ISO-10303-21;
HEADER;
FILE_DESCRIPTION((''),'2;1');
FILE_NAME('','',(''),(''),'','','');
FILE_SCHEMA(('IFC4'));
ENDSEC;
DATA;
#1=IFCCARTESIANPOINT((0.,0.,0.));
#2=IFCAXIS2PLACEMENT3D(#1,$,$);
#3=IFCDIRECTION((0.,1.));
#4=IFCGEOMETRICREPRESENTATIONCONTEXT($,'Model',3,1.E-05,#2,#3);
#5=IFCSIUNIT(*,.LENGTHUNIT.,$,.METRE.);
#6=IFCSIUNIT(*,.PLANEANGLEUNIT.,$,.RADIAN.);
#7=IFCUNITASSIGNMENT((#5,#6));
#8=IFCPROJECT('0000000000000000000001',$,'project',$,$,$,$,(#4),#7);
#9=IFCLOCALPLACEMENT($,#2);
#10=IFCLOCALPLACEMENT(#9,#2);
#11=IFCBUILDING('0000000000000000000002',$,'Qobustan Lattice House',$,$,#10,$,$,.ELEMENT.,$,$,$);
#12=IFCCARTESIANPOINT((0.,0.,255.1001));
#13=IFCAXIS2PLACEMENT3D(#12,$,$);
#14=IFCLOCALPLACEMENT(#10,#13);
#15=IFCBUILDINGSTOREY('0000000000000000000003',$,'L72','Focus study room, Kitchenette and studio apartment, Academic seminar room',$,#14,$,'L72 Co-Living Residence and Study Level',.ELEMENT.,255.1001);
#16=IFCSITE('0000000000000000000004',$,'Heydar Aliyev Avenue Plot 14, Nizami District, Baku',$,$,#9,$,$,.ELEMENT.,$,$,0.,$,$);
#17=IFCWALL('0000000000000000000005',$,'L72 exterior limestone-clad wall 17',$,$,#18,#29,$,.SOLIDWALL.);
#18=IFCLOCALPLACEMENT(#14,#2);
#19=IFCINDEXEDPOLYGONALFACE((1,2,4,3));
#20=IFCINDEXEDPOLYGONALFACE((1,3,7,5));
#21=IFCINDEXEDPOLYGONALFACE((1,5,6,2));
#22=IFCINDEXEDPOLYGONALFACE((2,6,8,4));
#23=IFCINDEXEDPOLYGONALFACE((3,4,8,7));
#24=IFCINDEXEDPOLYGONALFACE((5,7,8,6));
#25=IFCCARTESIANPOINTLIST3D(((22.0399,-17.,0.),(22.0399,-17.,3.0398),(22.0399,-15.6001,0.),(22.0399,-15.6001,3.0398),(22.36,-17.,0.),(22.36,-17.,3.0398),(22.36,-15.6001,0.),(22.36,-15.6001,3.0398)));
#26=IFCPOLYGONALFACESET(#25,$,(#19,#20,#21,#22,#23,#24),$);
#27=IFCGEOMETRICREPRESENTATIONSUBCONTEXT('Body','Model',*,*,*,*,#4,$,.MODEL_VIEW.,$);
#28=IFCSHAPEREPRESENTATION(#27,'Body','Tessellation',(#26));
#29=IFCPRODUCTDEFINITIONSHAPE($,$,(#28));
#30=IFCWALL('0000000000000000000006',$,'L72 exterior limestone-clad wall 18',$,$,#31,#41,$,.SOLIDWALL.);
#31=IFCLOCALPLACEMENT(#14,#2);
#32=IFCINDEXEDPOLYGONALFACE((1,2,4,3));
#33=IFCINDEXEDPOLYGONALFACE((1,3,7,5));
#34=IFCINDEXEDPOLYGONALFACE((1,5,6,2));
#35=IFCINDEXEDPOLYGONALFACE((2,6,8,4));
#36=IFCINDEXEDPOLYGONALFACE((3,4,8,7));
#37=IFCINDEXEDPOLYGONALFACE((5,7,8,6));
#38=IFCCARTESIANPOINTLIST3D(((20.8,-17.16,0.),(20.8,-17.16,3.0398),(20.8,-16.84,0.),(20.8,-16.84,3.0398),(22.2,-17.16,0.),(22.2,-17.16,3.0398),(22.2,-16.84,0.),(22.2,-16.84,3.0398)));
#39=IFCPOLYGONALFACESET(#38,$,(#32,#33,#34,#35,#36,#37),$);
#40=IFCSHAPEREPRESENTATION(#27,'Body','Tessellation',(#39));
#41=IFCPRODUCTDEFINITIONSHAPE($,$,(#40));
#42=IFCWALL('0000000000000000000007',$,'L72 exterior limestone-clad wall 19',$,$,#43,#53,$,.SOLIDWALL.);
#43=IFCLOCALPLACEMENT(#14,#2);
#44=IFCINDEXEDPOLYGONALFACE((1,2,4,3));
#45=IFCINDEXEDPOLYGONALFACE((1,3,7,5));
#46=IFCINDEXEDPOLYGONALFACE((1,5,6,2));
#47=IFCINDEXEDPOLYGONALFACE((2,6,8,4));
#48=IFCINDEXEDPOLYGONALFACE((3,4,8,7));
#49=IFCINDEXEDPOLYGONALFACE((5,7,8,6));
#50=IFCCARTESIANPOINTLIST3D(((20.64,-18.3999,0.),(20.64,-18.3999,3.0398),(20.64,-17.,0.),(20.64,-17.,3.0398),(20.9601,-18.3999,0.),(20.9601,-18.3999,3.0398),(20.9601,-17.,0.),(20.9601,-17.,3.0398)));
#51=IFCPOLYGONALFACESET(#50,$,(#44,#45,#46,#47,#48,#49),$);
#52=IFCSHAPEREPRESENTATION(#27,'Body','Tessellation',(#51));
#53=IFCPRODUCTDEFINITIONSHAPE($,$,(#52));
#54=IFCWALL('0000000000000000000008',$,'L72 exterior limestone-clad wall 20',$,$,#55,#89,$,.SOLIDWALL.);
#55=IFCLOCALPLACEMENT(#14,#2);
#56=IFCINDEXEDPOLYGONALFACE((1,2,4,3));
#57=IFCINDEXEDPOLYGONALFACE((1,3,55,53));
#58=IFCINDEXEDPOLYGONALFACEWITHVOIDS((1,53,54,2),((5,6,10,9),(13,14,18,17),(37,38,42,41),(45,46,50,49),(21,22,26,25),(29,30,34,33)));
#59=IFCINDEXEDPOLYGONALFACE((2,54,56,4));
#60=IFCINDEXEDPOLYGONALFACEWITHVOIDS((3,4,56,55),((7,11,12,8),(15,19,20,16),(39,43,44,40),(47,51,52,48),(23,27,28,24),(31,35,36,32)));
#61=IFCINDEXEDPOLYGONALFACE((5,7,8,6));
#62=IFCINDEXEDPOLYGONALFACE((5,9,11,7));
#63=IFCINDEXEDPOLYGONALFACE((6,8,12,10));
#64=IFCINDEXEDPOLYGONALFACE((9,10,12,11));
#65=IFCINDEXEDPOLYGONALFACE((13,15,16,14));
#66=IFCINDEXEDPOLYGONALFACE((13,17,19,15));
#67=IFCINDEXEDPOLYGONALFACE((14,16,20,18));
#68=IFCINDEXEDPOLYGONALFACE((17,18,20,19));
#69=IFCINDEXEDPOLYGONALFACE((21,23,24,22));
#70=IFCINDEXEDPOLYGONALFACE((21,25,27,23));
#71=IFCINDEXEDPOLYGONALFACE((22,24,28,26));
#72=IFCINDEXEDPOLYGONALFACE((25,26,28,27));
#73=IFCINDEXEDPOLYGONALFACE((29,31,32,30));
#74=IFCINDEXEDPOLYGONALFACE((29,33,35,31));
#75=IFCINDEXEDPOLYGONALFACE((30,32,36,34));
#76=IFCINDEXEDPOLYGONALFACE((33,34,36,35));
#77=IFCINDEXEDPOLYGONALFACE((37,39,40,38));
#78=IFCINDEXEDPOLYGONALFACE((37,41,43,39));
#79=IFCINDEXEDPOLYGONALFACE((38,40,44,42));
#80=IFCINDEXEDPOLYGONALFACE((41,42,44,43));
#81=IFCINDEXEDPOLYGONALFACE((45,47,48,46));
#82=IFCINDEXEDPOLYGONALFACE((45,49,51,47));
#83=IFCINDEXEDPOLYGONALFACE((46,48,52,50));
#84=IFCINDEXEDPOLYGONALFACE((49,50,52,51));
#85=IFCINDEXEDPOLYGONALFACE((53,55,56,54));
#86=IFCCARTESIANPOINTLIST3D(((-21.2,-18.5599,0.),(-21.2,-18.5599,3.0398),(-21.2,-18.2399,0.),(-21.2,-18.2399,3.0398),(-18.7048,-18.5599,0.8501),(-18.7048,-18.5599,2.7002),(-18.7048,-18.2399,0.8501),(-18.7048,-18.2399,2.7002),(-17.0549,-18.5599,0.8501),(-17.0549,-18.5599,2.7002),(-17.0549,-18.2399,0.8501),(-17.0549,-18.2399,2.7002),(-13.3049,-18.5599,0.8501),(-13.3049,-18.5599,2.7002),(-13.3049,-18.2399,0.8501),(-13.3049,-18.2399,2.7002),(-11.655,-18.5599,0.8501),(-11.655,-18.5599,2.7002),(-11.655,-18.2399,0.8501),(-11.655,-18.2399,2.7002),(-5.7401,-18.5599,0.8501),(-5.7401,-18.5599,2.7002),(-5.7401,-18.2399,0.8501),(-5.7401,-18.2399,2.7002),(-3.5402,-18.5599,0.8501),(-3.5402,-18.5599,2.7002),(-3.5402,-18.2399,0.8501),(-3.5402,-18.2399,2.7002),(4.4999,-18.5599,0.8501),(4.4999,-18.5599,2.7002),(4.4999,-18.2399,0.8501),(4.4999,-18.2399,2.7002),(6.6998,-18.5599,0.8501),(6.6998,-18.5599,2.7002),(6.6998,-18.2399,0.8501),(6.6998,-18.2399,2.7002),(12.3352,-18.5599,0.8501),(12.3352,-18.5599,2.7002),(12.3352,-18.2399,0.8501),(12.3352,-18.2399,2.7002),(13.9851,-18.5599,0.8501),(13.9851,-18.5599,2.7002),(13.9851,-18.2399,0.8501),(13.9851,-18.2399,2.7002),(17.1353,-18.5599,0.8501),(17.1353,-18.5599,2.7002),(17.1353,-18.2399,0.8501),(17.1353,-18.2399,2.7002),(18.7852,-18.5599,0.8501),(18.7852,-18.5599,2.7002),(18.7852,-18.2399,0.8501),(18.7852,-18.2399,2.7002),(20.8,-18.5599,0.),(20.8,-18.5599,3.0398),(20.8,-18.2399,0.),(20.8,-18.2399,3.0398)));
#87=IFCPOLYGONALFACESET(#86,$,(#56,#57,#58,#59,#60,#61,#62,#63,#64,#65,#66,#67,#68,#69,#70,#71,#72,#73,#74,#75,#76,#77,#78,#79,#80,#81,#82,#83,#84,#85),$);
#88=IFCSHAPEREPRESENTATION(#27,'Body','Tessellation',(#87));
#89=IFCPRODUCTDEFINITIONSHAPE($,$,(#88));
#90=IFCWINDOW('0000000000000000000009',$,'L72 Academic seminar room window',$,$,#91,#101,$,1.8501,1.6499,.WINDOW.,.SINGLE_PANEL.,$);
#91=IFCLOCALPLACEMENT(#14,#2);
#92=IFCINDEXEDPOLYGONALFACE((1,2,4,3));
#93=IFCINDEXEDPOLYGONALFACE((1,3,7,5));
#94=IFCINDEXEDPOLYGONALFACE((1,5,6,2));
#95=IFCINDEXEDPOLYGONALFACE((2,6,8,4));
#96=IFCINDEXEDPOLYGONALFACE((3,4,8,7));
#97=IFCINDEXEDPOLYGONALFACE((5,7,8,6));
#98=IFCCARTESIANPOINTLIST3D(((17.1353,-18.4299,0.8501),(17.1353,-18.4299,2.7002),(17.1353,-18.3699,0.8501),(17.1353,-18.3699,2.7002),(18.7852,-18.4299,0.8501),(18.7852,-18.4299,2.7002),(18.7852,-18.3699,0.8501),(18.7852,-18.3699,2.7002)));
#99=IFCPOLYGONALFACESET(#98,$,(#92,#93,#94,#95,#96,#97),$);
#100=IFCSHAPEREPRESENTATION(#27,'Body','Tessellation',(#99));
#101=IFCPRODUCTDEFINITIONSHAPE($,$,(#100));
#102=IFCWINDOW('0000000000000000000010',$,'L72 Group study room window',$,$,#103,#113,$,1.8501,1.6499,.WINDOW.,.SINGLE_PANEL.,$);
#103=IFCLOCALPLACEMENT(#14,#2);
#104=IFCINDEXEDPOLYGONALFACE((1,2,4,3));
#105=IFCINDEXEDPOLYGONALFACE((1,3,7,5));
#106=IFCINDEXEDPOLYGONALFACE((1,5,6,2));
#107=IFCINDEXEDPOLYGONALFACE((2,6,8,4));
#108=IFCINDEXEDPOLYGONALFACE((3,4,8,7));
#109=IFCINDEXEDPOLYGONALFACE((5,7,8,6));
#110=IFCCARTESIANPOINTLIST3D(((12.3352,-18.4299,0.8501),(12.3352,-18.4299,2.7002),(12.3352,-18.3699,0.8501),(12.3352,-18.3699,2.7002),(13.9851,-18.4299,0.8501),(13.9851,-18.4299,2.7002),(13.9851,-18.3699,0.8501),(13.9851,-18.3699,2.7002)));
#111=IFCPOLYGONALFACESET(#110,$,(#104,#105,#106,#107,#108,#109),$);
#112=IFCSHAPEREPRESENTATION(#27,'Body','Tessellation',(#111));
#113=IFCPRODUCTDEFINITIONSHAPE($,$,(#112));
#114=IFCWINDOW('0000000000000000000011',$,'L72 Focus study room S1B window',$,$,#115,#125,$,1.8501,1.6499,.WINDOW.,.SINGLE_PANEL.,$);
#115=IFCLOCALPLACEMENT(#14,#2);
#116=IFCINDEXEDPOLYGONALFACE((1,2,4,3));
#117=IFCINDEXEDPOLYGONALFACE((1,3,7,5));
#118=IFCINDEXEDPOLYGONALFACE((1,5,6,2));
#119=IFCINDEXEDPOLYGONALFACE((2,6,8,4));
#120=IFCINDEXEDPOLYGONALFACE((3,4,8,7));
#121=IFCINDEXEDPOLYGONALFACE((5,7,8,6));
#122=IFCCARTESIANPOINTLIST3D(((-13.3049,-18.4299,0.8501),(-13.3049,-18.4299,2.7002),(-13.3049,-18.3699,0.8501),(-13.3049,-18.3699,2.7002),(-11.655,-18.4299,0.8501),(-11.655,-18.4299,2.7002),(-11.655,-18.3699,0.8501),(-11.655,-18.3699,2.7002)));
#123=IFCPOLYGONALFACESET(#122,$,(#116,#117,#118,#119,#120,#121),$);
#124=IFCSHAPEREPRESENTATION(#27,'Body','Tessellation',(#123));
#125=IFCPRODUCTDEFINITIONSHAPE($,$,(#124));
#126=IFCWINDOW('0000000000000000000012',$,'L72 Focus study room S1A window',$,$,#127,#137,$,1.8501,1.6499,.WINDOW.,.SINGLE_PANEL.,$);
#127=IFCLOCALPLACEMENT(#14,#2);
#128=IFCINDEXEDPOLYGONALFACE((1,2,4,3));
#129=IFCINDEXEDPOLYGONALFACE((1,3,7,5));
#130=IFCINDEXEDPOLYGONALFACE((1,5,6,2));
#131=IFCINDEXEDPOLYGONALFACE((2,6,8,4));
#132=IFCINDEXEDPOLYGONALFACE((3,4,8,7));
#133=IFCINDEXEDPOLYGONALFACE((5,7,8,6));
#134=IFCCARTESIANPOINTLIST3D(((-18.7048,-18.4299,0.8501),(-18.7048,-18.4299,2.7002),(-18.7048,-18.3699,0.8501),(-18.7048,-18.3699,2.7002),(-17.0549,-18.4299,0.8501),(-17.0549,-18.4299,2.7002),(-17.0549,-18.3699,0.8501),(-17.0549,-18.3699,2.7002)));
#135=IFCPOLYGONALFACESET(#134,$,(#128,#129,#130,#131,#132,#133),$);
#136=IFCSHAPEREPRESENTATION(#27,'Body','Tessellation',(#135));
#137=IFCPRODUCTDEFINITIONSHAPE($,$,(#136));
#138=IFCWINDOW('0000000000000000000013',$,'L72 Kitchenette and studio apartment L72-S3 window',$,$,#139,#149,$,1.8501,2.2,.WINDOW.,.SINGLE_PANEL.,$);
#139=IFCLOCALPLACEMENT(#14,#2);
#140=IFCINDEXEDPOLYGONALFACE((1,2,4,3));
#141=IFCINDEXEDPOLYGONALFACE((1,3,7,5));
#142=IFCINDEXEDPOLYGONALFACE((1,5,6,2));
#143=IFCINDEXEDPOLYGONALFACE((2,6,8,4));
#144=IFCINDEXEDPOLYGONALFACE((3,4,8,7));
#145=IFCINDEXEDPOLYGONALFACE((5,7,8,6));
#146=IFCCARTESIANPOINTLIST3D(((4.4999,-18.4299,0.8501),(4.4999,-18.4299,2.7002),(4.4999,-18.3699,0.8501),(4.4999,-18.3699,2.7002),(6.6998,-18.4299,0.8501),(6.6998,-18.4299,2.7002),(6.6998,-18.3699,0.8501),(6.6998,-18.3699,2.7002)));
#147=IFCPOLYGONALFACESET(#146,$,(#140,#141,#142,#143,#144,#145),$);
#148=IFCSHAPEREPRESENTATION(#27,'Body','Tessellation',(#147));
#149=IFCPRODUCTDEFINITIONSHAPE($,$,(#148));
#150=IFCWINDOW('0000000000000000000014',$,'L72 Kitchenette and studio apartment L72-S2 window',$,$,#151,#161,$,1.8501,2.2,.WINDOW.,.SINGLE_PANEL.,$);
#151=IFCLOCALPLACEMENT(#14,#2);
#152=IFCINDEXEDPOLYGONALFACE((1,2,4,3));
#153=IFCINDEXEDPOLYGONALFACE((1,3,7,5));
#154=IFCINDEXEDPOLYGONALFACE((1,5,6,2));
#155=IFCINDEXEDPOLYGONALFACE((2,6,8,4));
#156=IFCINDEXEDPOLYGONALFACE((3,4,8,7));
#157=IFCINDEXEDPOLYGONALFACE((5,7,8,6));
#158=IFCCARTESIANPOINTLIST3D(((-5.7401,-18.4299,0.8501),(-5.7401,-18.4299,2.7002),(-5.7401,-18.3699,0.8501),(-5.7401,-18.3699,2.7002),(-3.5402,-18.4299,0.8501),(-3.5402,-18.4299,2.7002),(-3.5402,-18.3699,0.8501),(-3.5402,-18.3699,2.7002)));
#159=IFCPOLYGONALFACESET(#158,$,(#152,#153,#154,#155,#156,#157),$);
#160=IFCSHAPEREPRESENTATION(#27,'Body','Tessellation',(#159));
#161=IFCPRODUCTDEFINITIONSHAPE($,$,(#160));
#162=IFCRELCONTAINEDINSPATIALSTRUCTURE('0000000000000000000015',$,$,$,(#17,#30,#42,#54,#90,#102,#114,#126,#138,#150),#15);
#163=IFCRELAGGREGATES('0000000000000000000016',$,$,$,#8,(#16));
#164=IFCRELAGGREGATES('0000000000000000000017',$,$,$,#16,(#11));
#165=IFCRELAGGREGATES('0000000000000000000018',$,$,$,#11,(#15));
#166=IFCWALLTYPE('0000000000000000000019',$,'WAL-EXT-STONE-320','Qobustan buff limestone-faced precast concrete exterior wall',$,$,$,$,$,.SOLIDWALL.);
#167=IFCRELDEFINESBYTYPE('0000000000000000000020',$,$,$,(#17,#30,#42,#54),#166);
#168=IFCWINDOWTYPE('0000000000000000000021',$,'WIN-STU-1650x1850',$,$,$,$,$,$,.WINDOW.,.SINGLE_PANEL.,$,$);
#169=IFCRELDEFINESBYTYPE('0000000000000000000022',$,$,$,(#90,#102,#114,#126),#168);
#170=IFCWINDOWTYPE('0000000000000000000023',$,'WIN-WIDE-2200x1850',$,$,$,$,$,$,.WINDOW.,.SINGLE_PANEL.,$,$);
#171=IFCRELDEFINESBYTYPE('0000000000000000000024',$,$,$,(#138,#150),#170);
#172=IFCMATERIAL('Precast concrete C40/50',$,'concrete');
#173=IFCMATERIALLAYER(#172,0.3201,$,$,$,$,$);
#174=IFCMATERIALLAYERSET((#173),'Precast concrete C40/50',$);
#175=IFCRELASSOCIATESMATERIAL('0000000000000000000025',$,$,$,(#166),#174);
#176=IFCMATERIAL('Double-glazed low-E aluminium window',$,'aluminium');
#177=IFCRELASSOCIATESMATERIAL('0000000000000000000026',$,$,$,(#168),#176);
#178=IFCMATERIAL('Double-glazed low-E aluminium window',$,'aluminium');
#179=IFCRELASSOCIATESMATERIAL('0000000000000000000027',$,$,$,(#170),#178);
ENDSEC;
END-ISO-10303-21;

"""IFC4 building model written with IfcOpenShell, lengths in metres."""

from ifc_helpers import new_model, si_unit, direction, frame, frame_2d, origin, place, context, subcontext, project, spatial, rectangle, extrude, material, layer, layer_set, type_object, element, fill, save


model = new_model("IFC4")

# Units and contexts
model_context = context("Model", 3, precision=1e-05, world=origin(), true_north=direction((0.0, 1.0)))
body_context = subcontext(model_context, "Body", "Model", "MODEL_VIEW")
ifc_project = project(units=[si_unit("LENGTHUNIT", "METRE"), si_unit("PLANEANGLEUNIT", "RADIAN")], contexts=[model_context])

# Site, building, storey
site_placement = place(None, origin())
site = spatial("IfcSite", under=ifc_project, at=site_placement, Name="Heydar Aliyev Avenue Plot 14, Nizami District, Baku", CompositionType="ELEMENT", RefElevation=0.0)
building_placement = place(site_placement, origin())
building = spatial("IfcBuilding", under=site, at=building_placement, Name="Qobustan Lattice House", CompositionType="ELEMENT")
storey_placement = place(building_placement, frame((0.0, 0.0, 255.1001)))
storey = spatial("IfcBuildingStorey", under=building, at=storey_placement, Name="L72", Description="Focus study room, Kitchenette and studio apartment, Academic seminar room", LongName="L72 Co-Living Residence and Study Level", CompositionType="ELEMENT", Elevation=255.1001)

# Walls
ifc_material_1 = material(Name="Precast concrete C40/50", Category="concrete")
ifc_layer_1 = layer(ifc_material_1, 0.3201)
ifc_layer_set_1 = layer_set([ifc_layer_1], Name="Precast concrete C40/50")
wall_type = type_object("IfcWallType", Name="WAL-EXT-STONE-320", Description="Qobustan buff limestone-faced precast concrete exterior wall", PredefinedType="SOLIDWALL", material=ifc_layer_set_1)
for number, where, z_axis, x_axis, name in (
    (1, (22.2, -15.6001, 0.0), (0.0, 0.0, 1.0), (0.0, -1.0, 0.0), "L72 exterior limestone-clad wall 17"),
    (2, (22.2, -17.0, 0.0), (0.0, 0.0, 1.0), (-1.0, 0.0, 0.0), "L72 exterior limestone-clad wall 18"),
    (3, (20.8, -17.0, 0.0), (0.0, 0.0, 1.0), (0.0, -1.0, 0.0), "L72 exterior limestone-clad wall 19"),
):
    element("IfcWall", number, at=place(storey_placement, frame(where, z_axis=z_axis, x_axis=x_axis)), inside=storey, type_object=wall_type, Name=name, PredefinedType="SOLIDWALL", context=body_context, shape_type="SweptSolid", body=[
        extrude(rectangle(XDim=1.3999, YDim=0.3201, at=frame_2d((0.7, 0.0))), origin(), (0.0, 0.0, 1.0), 3.0398),
    ])

# Wall, openings, windows
wall_1_placement = place(storey_placement, frame((20.8, -18.3999, 0.0), z_axis=(0.0, 0.0, 1.0), x_axis=(-1.0, 0.0, 0.0)))
wall_1 = element("IfcWall", 4, at=wall_1_placement, inside=storey, type_object=wall_type, Name="L72 exterior limestone-clad wall 20", PredefinedType="SOLIDWALL", context=body_context, shape_type="SweptSolid", body=[
    extrude(rectangle(XDim=42.0, YDim=0.3201, at=frame_2d((21.0, 0.0))), origin(), (0.0, 0.0, 1.0), 3.0398),
])
opening_1_placement = place(wall_1_placement, frame((2.0149, 0.0, 0.8501)))
opening_1 = element("IfcOpeningElement", 5, at=opening_1_placement, cuts=wall_1, PredefinedType="OPENING", context=body_context, shape_type="SweptSolid", body=[
    extrude(rectangle(XDim=1.6499, YDim=1.8501, at=frame_2d((0.825, 0.925))), frame((0.0, 0.1699, 0.0), z_axis=(0.0, -1.0, 0.0), x_axis=(1.0, 0.0, 0.0)), (0.0, 0.0, 1.0), 0.3401),
])
opening_2_placement = place(wall_1_placement, frame((6.8149, 0.0, 0.8501)))
opening_2 = element("IfcOpeningElement", 6, at=opening_2_placement, cuts=wall_1, PredefinedType="OPENING", context=body_context, shape_type="SweptSolid", body=[
    extrude(rectangle(XDim=1.6499, YDim=1.8501, at=frame_2d((0.825, 0.925))), frame((0.0, 0.1699, 0.0), z_axis=(0.0, -1.0, 0.0), x_axis=(1.0, 0.0, 0.0)), (0.0, 0.0, 1.0), 0.3401),
])
opening_3_placement = place(wall_1_placement, frame((14.1001, 0.0, 0.8501)))
opening_3 = element("IfcOpeningElement", 7, at=opening_3_placement, cuts=wall_1, PredefinedType="OPENING", context=body_context, shape_type="SweptSolid", body=[
    extrude(rectangle(XDim=2.2, YDim=1.8501, at=frame_2d((1.1001, 0.925))), frame((0.0, 0.1699, 0.0), z_axis=(0.0, -1.0, 0.0), x_axis=(1.0, 0.0, 0.0)), (0.0, 0.0, 1.0), 0.3401),
])
opening_4_placement = place(wall_1_placement, frame((24.3401, 0.0, 0.8501)))
opening_4 = element("IfcOpeningElement", 8, at=opening_4_placement, cuts=wall_1, PredefinedType="OPENING", context=body_context, shape_type="SweptSolid", body=[
    extrude(rectangle(XDim=2.2, YDim=1.8501, at=frame_2d((1.1001, 0.925))), frame((0.0, 0.1699, 0.0), z_axis=(0.0, -1.0, 0.0), x_axis=(1.0, 0.0, 0.0)), (0.0, 0.0, 1.0), 0.3401),
])
opening_5_placement = place(wall_1_placement, frame((32.4551, 0.0, 0.8501)))
opening_5 = element("IfcOpeningElement", 9, at=opening_5_placement, cuts=wall_1, PredefinedType="OPENING", context=body_context, shape_type="SweptSolid", body=[
    extrude(rectangle(XDim=1.6499, YDim=1.8501, at=frame_2d((0.825, 0.925))), frame((0.0, 0.1699, 0.0), z_axis=(0.0, -1.0, 0.0), x_axis=(1.0, 0.0, 0.0)), (0.0, 0.0, 1.0), 0.3401),
])
opening_6_placement = place(wall_1_placement, frame((37.855, 0.0, 0.8501)))
opening_6 = element("IfcOpeningElement", 10, at=opening_6_placement, cuts=wall_1, PredefinedType="OPENING", context=body_context, shape_type="SweptSolid", body=[
    extrude(rectangle(XDim=1.6499, YDim=1.8501, at=frame_2d((0.825, 0.925))), frame((0.0, 0.1699, 0.0), z_axis=(0.0, -1.0, 0.0), x_axis=(1.0, 0.0, 0.0)), (0.0, 0.0, 1.0), 0.3401),
])
ifc_material_2 = material(Name="Double-glazed low-E aluminium window", Category="aluminium")
window_type_1 = type_object("IfcWindowType", Name="WIN-STU-1650x1850", PartitioningType="SINGLE_PANEL", PredefinedType="WINDOW", material=ifc_material_2)
window_1_placement = place(opening_1_placement, origin())
window_1 = element("IfcWindow", 11, at=window_1_placement, inside=storey, type_object=window_type_1, Name="L72 Academic seminar room window", OverallHeight=1.8501, OverallWidth=1.6499, PartitioningType="SINGLE_PANEL", PredefinedType="WINDOW", context=body_context, shape_type="SweptSolid", body=[
    extrude(rectangle(XDim=1.6499, YDim=1.8501, at=frame_2d((0.825, 0.925))), frame((0.0, 0.03, 0.0), z_axis=(0.0, -1.0, 0.0), x_axis=(1.0, 0.0, 0.0)), (0.0, 0.0, 1.0), 0.0601),
])
fill(opening_1, window_1)
window_2_placement = place(opening_2_placement, origin())
window_2 = element("IfcWindow", 12, at=window_2_placement, inside=storey, type_object=window_type_1, Name="L72 Group study room window", OverallHeight=1.8501, OverallWidth=1.6499, PartitioningType="SINGLE_PANEL", PredefinedType="WINDOW", context=body_context, shape_type="SweptSolid", body=[
    extrude(rectangle(XDim=1.6499, YDim=1.8501, at=frame_2d((0.825, 0.925))), frame((0.0, 0.03, 0.0), z_axis=(0.0, -1.0, 0.0), x_axis=(1.0, 0.0, 0.0)), (0.0, 0.0, 1.0), 0.0601),
])
fill(opening_2, window_2)
window_3_placement = place(opening_5_placement, origin())
window_3 = element("IfcWindow", 13, at=window_3_placement, inside=storey, type_object=window_type_1, Name="L72 Focus study room S1B window", OverallHeight=1.8501, OverallWidth=1.6499, PartitioningType="SINGLE_PANEL", PredefinedType="WINDOW", context=body_context, shape_type="SweptSolid", body=[
    extrude(rectangle(XDim=1.6499, YDim=1.8501, at=frame_2d((0.825, 0.925))), frame((0.0, 0.03, 0.0), z_axis=(0.0, -1.0, 0.0), x_axis=(1.0, 0.0, 0.0)), (0.0, 0.0, 1.0), 0.0601),
])
fill(opening_5, window_3)
window_4_placement = place(opening_6_placement, origin())
window_4 = element("IfcWindow", 14, at=window_4_placement, inside=storey, type_object=window_type_1, Name="L72 Focus study room S1A window", OverallHeight=1.8501, OverallWidth=1.6499, PartitioningType="SINGLE_PANEL", PredefinedType="WINDOW", context=body_context, shape_type="SweptSolid", body=[
    extrude(rectangle(XDim=1.6499, YDim=1.8501, at=frame_2d((0.825, 0.925))), frame((0.0, 0.03, 0.0), z_axis=(0.0, -1.0, 0.0), x_axis=(1.0, 0.0, 0.0)), (0.0, 0.0, 1.0), 0.0601),
])
fill(opening_6, window_4)
ifc_material_3 = material(Name="Double-glazed low-E aluminium window", Category="aluminium")
window_type_2 = type_object("IfcWindowType", Name="WIN-WIDE-2200x1850", PartitioningType="SINGLE_PANEL", PredefinedType="WINDOW", material=ifc_material_3)
window_5_placement = place(opening_3_placement, origin())
window_5 = element("IfcWindow", 15, at=window_5_placement, inside=storey, type_object=window_type_2, Name="L72 Kitchenette and studio apartment L72-S3 window", OverallHeight=1.8501, OverallWidth=2.2, PartitioningType="SINGLE_PANEL", PredefinedType="WINDOW", context=body_context, shape_type="SweptSolid", body=[
    extrude(rectangle(XDim=2.2, YDim=1.8501, at=frame_2d((1.1001, 0.925))), frame((0.0, 0.03, 0.0), z_axis=(0.0, -1.0, 0.0), x_axis=(1.0, 0.0, 0.0)), (0.0, 0.0, 1.0), 0.0601),
])
fill(opening_3, window_5)
window_6_placement = place(opening_4_placement, origin())
window_6 = element("IfcWindow", 16, at=window_6_placement, inside=storey, type_object=window_type_2, Name="L72 Kitchenette and studio apartment L72-S2 window", OverallHeight=1.8501, OverallWidth=2.2, PartitioningType="SINGLE_PANEL", PredefinedType="WINDOW", context=body_context, shape_type="SweptSolid", body=[
    extrude(rectangle(XDim=2.2, YDim=1.8501, at=frame_2d((1.1001, 0.925))), frame((0.0, 0.03, 0.0), z_axis=(0.0, -1.0, 0.0), x_axis=(1.0, 0.0, 0.0)), (0.0, 0.0, 1.0), 0.0601),
])
fill(opening_4, window_6)

save(model, "model.ifc")
